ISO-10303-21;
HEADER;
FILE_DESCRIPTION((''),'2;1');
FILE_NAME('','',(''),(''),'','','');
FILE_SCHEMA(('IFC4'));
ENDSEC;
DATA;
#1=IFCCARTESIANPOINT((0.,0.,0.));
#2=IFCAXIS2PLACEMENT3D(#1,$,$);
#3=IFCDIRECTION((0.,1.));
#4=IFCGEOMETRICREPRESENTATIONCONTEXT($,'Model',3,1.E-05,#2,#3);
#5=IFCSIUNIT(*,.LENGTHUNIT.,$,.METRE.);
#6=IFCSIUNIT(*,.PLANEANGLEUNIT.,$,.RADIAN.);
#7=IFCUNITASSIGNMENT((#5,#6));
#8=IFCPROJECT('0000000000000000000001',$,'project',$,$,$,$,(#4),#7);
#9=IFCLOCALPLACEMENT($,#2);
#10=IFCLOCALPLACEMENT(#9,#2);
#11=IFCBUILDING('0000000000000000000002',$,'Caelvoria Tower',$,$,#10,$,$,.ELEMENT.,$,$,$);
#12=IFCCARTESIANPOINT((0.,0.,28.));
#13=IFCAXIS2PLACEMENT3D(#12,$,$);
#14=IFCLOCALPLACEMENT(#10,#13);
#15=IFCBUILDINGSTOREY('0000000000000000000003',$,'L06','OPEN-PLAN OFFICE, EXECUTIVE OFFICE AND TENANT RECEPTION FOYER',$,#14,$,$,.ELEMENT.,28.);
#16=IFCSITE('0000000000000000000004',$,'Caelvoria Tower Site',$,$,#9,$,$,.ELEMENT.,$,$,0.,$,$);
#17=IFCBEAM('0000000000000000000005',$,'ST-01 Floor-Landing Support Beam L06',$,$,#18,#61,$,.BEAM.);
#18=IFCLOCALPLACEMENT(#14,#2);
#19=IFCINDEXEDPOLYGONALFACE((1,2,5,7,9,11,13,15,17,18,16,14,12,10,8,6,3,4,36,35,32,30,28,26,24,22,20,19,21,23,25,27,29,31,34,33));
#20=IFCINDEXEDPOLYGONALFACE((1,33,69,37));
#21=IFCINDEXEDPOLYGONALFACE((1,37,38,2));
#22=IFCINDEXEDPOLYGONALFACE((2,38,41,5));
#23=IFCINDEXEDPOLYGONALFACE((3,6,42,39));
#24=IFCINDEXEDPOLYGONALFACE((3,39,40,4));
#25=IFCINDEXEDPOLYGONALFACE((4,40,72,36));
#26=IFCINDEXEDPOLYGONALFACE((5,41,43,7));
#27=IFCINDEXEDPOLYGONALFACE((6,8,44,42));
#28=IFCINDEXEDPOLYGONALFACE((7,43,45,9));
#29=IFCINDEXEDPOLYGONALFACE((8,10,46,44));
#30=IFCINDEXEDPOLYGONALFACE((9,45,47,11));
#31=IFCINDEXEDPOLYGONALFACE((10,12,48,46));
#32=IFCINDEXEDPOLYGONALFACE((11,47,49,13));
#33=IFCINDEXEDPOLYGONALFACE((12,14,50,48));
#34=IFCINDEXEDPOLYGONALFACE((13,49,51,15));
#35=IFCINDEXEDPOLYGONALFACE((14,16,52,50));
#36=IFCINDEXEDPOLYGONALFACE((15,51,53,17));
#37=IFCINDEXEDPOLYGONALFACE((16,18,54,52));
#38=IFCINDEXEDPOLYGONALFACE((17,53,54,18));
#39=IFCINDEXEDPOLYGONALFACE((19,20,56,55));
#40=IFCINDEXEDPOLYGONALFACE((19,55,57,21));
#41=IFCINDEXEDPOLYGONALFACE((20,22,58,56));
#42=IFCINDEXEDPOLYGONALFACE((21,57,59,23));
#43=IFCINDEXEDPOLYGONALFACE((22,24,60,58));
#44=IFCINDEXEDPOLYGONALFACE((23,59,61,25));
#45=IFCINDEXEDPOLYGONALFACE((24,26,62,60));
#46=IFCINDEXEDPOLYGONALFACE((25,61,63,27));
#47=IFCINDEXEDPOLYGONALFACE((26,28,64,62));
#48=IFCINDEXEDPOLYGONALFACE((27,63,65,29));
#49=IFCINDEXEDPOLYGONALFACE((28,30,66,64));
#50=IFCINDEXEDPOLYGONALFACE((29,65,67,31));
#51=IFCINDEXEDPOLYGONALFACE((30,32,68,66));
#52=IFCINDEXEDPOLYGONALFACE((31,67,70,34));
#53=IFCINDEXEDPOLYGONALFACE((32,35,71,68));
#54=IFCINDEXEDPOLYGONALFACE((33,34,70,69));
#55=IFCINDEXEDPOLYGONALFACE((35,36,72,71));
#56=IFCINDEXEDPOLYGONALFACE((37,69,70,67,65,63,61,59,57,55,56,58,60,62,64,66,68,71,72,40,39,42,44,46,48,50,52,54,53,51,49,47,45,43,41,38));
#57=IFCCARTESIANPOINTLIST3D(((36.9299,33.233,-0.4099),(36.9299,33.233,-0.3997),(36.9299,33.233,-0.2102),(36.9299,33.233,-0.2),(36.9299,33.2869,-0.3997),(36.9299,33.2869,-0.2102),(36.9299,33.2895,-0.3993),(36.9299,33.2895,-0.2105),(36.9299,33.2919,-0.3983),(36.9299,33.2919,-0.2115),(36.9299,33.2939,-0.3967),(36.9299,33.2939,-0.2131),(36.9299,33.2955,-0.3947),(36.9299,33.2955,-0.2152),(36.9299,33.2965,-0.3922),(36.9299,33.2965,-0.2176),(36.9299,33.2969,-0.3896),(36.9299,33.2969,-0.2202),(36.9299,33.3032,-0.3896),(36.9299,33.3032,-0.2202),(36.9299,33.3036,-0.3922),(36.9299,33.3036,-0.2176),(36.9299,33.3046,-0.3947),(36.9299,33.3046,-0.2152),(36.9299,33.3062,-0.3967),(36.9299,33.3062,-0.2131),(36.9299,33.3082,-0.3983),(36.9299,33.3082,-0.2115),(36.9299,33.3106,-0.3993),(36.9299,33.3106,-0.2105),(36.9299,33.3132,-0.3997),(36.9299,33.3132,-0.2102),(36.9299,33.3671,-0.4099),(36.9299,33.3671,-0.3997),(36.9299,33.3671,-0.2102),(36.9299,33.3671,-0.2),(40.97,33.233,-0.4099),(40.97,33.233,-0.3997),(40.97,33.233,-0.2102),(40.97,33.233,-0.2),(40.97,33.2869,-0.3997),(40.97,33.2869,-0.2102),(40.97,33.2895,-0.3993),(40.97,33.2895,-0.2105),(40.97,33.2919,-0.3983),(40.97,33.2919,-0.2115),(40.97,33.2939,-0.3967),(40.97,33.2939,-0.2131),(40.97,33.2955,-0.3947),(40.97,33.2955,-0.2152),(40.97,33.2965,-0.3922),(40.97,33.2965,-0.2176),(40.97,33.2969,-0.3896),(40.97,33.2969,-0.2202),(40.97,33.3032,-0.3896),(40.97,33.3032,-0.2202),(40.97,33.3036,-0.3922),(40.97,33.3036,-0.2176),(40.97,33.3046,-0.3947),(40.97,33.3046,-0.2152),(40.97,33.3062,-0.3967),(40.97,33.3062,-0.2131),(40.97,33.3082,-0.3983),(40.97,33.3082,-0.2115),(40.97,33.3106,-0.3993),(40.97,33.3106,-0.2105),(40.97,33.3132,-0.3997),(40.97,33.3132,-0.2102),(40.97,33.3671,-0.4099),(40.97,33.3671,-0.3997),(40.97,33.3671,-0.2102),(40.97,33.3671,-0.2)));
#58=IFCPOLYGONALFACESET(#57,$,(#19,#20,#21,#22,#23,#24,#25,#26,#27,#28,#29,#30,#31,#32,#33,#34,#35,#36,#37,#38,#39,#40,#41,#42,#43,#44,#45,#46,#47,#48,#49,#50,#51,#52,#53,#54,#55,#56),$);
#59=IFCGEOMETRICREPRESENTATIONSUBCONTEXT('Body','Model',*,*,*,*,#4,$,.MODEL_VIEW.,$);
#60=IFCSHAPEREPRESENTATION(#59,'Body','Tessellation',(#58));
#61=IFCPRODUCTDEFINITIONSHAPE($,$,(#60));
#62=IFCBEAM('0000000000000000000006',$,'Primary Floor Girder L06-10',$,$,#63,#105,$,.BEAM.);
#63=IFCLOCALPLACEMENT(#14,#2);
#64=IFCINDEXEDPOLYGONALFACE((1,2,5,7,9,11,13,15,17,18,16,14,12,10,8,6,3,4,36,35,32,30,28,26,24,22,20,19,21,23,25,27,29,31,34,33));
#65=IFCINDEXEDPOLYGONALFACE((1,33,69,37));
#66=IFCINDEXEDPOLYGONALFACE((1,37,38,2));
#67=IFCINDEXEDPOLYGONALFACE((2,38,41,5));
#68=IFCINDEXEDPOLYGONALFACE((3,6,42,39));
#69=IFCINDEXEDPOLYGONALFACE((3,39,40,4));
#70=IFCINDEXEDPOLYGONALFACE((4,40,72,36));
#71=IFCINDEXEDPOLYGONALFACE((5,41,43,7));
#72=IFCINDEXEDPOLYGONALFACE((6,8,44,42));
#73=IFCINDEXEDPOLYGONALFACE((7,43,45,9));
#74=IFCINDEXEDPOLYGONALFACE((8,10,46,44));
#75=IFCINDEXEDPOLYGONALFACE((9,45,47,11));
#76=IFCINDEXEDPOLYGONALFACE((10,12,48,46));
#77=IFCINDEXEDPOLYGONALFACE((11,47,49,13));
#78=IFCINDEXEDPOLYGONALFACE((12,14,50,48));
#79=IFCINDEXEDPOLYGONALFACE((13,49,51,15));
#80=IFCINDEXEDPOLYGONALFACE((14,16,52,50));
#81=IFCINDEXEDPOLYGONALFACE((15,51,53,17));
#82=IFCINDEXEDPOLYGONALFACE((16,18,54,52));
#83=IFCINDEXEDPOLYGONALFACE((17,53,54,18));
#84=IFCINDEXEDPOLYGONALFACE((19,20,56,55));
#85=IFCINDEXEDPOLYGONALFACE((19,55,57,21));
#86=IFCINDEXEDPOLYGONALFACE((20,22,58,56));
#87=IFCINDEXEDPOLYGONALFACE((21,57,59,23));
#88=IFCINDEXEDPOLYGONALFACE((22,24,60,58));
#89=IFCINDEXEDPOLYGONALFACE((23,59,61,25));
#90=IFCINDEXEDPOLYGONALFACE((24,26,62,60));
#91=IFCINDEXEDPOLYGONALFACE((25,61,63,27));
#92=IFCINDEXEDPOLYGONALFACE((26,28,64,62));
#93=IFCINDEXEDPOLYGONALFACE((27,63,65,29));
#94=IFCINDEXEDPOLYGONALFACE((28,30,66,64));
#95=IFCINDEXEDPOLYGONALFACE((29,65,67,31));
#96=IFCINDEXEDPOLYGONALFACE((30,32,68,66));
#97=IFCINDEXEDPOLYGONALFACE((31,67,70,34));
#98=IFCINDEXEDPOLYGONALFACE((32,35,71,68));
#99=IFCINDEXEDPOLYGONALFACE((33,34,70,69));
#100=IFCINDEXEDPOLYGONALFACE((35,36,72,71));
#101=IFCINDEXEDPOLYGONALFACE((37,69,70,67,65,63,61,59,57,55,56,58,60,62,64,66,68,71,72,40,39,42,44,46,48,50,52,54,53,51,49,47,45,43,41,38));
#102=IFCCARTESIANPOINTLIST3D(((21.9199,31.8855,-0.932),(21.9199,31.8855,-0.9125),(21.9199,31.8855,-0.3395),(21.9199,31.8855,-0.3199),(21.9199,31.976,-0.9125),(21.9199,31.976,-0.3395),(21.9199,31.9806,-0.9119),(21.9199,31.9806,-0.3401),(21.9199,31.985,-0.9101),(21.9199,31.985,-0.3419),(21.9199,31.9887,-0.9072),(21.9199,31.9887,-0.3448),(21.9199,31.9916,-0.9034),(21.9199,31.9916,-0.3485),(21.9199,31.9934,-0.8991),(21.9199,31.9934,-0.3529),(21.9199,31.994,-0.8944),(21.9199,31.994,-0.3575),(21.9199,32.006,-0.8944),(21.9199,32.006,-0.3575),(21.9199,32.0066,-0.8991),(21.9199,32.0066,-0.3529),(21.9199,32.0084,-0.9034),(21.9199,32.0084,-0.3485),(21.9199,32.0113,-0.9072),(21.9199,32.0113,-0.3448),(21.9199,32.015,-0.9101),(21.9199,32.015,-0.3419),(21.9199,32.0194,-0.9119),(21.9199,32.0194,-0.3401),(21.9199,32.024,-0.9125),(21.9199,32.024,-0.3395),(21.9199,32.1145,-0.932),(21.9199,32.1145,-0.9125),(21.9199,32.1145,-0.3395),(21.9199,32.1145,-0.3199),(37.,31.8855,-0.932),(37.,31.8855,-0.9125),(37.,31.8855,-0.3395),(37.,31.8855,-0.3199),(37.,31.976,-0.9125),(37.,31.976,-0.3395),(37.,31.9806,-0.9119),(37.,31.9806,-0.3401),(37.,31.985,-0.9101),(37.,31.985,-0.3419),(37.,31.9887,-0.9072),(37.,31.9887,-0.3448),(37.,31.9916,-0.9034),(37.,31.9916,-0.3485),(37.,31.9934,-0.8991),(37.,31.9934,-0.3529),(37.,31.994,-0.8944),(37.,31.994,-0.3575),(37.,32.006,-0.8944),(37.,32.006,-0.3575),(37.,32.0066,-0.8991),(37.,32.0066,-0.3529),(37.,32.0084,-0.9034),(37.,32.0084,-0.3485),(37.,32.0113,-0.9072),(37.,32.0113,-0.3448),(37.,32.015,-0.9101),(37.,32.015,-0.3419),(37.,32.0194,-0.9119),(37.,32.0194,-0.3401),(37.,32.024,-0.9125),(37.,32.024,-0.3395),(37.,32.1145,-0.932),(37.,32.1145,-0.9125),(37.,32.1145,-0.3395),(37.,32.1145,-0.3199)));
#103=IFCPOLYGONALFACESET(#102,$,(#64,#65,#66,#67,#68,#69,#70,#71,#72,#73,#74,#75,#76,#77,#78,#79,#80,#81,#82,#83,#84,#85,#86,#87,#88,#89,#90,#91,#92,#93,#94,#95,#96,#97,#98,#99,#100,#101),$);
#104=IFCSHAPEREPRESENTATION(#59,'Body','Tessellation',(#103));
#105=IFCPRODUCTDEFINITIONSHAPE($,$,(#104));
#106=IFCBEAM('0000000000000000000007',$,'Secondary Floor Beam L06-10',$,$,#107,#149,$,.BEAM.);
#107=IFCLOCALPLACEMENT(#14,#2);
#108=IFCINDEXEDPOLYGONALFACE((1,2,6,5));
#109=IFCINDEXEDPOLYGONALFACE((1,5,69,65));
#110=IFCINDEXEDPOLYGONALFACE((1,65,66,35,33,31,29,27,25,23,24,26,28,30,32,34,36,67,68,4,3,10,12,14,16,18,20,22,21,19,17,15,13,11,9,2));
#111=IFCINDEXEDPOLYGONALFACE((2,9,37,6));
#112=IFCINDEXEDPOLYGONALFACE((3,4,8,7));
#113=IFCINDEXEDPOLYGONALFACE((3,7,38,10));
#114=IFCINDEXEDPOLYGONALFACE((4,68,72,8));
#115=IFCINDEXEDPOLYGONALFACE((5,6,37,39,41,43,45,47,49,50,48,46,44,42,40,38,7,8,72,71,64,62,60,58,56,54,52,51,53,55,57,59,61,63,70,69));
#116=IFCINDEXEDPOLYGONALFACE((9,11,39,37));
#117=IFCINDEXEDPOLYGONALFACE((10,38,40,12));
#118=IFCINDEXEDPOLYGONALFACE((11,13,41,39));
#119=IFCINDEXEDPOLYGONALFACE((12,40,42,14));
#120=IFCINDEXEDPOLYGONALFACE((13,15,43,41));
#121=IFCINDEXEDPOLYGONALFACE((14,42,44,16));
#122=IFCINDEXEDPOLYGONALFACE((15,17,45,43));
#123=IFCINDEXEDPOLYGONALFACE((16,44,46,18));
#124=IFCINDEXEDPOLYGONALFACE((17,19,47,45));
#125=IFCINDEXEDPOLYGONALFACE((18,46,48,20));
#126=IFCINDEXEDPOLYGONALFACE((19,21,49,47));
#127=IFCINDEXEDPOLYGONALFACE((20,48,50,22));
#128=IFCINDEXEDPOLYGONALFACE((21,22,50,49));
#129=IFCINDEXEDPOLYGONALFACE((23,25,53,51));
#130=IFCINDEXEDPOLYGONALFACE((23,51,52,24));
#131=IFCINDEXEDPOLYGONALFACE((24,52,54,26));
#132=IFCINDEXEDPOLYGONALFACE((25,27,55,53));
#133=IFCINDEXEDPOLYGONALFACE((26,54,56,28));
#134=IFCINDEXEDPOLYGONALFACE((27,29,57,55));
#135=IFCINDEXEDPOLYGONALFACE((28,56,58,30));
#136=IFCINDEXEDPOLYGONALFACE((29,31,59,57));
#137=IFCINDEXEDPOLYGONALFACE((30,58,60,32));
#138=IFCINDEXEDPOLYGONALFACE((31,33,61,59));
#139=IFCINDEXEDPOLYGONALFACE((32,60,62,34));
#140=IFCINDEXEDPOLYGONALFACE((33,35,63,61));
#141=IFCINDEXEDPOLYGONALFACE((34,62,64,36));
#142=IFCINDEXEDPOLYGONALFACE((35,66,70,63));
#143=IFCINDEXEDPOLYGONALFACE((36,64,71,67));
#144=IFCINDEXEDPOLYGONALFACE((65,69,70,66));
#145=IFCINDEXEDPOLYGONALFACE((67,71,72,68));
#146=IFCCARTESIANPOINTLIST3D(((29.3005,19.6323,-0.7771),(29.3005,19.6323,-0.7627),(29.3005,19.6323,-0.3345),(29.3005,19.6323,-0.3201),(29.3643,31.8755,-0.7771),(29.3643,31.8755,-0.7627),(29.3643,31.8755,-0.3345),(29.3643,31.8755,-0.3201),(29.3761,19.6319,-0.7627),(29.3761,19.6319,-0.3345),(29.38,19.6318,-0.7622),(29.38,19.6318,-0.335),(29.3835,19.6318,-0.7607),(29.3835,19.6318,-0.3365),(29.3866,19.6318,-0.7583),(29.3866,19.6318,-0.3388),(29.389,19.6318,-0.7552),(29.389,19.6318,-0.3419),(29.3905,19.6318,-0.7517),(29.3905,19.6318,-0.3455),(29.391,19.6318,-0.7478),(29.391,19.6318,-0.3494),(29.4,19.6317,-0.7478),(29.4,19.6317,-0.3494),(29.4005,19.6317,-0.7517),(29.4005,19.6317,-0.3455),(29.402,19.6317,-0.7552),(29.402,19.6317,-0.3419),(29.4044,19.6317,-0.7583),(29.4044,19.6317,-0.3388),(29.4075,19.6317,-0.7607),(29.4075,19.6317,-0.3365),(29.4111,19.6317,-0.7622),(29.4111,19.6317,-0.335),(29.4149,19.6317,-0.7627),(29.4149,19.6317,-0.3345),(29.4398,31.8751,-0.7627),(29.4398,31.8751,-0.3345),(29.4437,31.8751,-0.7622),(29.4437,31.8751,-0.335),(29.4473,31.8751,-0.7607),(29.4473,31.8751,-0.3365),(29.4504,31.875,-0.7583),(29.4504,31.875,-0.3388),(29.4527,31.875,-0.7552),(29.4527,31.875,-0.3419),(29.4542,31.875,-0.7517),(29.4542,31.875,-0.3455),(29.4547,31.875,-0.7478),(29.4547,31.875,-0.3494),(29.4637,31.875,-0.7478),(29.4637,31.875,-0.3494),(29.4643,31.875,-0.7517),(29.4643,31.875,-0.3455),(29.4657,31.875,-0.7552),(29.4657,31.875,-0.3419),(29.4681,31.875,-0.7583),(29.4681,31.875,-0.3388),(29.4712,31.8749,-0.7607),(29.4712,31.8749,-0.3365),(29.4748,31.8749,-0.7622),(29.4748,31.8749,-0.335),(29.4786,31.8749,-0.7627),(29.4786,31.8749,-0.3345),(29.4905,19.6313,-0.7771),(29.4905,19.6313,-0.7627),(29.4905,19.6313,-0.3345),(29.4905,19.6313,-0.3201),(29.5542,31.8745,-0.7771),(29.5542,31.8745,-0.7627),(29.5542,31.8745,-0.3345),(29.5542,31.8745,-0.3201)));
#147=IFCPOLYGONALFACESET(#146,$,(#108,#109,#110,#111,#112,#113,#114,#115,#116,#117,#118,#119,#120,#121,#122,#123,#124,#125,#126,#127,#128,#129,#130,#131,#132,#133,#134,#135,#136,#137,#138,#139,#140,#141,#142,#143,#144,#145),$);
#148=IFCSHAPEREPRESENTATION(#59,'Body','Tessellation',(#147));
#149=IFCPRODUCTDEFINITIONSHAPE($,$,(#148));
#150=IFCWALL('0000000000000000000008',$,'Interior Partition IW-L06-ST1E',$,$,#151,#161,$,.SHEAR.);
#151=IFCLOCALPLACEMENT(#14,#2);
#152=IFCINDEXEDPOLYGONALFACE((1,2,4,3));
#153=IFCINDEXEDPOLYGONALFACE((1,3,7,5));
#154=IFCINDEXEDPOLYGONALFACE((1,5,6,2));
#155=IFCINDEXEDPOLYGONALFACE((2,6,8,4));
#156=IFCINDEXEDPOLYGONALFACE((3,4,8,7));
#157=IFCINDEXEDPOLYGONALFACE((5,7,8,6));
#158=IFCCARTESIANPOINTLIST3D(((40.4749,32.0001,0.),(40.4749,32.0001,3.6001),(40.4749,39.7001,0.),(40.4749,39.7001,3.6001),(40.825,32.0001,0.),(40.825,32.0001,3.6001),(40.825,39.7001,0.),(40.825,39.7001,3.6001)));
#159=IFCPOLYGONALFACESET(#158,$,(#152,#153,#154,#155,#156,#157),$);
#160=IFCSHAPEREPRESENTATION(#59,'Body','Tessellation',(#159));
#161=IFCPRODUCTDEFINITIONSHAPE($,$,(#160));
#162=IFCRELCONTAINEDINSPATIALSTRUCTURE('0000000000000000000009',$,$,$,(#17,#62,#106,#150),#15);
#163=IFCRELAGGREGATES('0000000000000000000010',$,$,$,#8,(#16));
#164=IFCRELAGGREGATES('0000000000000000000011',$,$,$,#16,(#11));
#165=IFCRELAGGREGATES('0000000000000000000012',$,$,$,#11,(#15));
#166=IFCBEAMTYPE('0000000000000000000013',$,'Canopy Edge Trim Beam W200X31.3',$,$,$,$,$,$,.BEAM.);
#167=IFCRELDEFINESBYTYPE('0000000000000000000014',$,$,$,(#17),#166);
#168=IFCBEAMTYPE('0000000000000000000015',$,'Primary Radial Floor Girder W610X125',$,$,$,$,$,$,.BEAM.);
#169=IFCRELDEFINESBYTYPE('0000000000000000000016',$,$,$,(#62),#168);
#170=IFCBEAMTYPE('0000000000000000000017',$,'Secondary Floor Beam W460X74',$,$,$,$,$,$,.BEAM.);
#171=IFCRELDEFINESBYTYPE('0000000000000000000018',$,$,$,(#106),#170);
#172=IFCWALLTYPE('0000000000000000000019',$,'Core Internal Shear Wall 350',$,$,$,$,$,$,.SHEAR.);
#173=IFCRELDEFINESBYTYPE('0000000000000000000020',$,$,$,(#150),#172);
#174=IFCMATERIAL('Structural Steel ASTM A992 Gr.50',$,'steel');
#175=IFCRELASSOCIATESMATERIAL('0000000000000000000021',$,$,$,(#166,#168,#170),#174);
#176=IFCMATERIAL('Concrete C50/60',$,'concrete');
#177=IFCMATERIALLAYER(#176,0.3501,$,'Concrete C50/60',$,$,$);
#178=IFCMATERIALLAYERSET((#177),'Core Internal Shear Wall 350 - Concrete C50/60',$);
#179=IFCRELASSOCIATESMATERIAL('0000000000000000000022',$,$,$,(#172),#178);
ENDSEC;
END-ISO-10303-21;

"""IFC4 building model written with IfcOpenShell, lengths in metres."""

from ifc_helpers import new_model, si_unit, direction, frame, frame_2d, origin, origin_2d, place, context, subcontext, project, spatial, rectangle, i_section, extrude, material, layer, layer_set, material_profile, profile_set, type_object, element, save


model = new_model("IFC4")

# Units and contexts
model_context = context("Model", 3, precision=1e-05, world=origin(), true_north=direction((0.0, 1.0)))
body_context = subcontext(model_context, "Body", "Model", "MODEL_VIEW")
ifc_project = project(units=[si_unit("LENGTHUNIT", "METRE"), si_unit("PLANEANGLEUNIT", "RADIAN")], contexts=[model_context])

# Site, building, storey
site_placement = place(None, origin())
site = spatial("IfcSite", under=ifc_project, at=site_placement, Name="Caelvoria Tower Site", CompositionType="ELEMENT", RefElevation=0.0)
building_placement = place(site_placement, origin())
building = spatial("IfcBuilding", under=site, at=building_placement, Name="Caelvoria Tower", CompositionType="ELEMENT")
storey_placement = place(building_placement, frame((0.0, 0.0, 28.0)))
storey = spatial("IfcBuildingStorey", under=building, at=storey_placement, Name="L06", Description="OPEN-PLAN OFFICE, EXECUTIVE OFFICE AND TENANT RECEPTION FOYER", CompositionType="ELEMENT", Elevation=28.0)

# Beams
ifc_material_1 = material(Name="Structural Steel ASTM A992 Gr.50", Category="steel")
ifc_material_profile_1 = material_profile(ifc_material_1, i_section(OverallWidth=0.134, OverallDepth=0.21, WebThickness=0.0063, FlangeThickness=0.0103, FilletRadius=0.01, at=origin_2d()), Name="Structural Steel ASTM A992 Gr.50")
ifc_profile_set_1 = profile_set([ifc_material_profile_1], Name="W200X31.3 - Structural Steel ASTM A992 Gr.50")
beam_type_1 = type_object("IfcBeamType", Name="Canopy Edge Trim Beam W200X31.3", PredefinedType="BEAM", material=ifc_profile_set_1)
beam_1_placement = place(storey_placement, frame((36.9299, 33.3, -0.3049), z_axis=(1.0, 0.0, 0.0), x_axis=(0.0, 1.0, 0.0)))
element("IfcBeam", 1, at=beam_1_placement, inside=storey, type_object=beam_type_1, Name="ST-01 Floor-Landing Support Beam L06", PredefinedType="BEAM", context=body_context, shape_type="SweptSolid", body=[
    extrude(i_section(OverallWidth=0.134, OverallDepth=0.21, WebThickness=0.0063, FlangeThickness=0.0103, FilletRadius=0.01, at=origin_2d()), origin(), (0.0, 0.0, 1.0), 4.04),
])
ifc_material_profile_2 = material_profile(ifc_material_1, i_section(OverallWidth=0.229, OverallDepth=0.6121, WebThickness=0.012, FlangeThickness=0.0195, FilletRadius=0.0181, at=origin_2d()), Name="Structural Steel ASTM A992 Gr.50")
ifc_profile_set_2 = profile_set([ifc_material_profile_2], Name="W610X125 - Structural Steel ASTM A992 Gr.50")
beam_type_2 = type_object("IfcBeamType", Name="Primary Radial Floor Girder W610X125", PredefinedType="BEAM", material=ifc_profile_set_2)
beam_2_placement = place(storey_placement, frame((37.0, 32.0, -0.626), z_axis=(-1.0, 0.0, 0.0), x_axis=(0.0, -1.0, 0.0)))
element("IfcBeam", 2, at=beam_2_placement, inside=storey, type_object=beam_type_2, Name="Primary Floor Girder L06-10", PredefinedType="BEAM", context=body_context, shape_type="SweptSolid", body=[
    extrude(i_section(OverallWidth=0.229, OverallDepth=0.6121, WebThickness=0.012, FlangeThickness=0.0195, FilletRadius=0.0181, at=origin_2d()), origin(), (0.0, 0.0, 1.0), 15.0801),
])
ifc_material_profile_3 = material_profile(ifc_material_1, i_section(OverallWidth=0.1899, OverallDepth=0.457, WebThickness=0.009, FlangeThickness=0.0144, FilletRadius=0.0149, at=origin_2d()), Name="Structural Steel ASTM A992 Gr.50")
ifc_profile_set_3 = profile_set([ifc_material_profile_3], Name="W460X74 - Structural Steel ASTM A992 Gr.50")
beam_type_3 = type_object("IfcBeamType", Name="Secondary Floor Beam W460X74", PredefinedType="BEAM", material=ifc_profile_set_3)
beam_3_placement = place(storey_placement, frame((29.4592, 31.875, -0.5486), z_axis=(-0.005205, -0.999986, 0.0), x_axis=(0.999986, -0.005205, 0.0)))
element("IfcBeam", 3, at=beam_3_placement, inside=storey, type_object=beam_type_3, Name="Secondary Floor Beam L06-10", PredefinedType="BEAM", context=body_context, shape_type="SweptSolid", body=[
    extrude(i_section(OverallWidth=0.1899, OverallDepth=0.457, WebThickness=0.009, FlangeThickness=0.0144, FilletRadius=0.0149, at=origin_2d()), origin(), (0.0, 0.0, 1.0), 12.2434),
])

# Shared definitions
ifc_material_2 = material(Name="Concrete C50/60", Category="concrete")
ifc_layer_1 = layer(ifc_material_2, 0.3501, Name="Concrete C50/60")
ifc_layer_set_1 = layer_set([ifc_layer_1], Name="Core Internal Shear Wall 350 - Concrete C50/60")
wall_type_1 = type_object("IfcWallType", Name="Core Internal Shear Wall 350", PredefinedType="SHEAR", material=ifc_layer_set_1)

# Wall
wall_1_placement = place(storey_placement, frame((40.6499, 32.0, 0.0), z_axis=(0.0, 0.0, 1.0), x_axis=(0.0, 1.0, 0.0)))
element("IfcWall", 4, at=wall_1_placement, inside=storey, type_object=wall_type_1, Name="Interior Partition IW-L06-ST1E", PredefinedType="SHEAR", context=body_context, shape_type="SweptSolid", body=[
    extrude(rectangle(XDim=7.7, YDim=0.3501, at=frame_2d((3.8501, 0.0))), origin(), (0.0, 0.0, 1.0), 3.6001),
])

save(model, "model.ifc")
